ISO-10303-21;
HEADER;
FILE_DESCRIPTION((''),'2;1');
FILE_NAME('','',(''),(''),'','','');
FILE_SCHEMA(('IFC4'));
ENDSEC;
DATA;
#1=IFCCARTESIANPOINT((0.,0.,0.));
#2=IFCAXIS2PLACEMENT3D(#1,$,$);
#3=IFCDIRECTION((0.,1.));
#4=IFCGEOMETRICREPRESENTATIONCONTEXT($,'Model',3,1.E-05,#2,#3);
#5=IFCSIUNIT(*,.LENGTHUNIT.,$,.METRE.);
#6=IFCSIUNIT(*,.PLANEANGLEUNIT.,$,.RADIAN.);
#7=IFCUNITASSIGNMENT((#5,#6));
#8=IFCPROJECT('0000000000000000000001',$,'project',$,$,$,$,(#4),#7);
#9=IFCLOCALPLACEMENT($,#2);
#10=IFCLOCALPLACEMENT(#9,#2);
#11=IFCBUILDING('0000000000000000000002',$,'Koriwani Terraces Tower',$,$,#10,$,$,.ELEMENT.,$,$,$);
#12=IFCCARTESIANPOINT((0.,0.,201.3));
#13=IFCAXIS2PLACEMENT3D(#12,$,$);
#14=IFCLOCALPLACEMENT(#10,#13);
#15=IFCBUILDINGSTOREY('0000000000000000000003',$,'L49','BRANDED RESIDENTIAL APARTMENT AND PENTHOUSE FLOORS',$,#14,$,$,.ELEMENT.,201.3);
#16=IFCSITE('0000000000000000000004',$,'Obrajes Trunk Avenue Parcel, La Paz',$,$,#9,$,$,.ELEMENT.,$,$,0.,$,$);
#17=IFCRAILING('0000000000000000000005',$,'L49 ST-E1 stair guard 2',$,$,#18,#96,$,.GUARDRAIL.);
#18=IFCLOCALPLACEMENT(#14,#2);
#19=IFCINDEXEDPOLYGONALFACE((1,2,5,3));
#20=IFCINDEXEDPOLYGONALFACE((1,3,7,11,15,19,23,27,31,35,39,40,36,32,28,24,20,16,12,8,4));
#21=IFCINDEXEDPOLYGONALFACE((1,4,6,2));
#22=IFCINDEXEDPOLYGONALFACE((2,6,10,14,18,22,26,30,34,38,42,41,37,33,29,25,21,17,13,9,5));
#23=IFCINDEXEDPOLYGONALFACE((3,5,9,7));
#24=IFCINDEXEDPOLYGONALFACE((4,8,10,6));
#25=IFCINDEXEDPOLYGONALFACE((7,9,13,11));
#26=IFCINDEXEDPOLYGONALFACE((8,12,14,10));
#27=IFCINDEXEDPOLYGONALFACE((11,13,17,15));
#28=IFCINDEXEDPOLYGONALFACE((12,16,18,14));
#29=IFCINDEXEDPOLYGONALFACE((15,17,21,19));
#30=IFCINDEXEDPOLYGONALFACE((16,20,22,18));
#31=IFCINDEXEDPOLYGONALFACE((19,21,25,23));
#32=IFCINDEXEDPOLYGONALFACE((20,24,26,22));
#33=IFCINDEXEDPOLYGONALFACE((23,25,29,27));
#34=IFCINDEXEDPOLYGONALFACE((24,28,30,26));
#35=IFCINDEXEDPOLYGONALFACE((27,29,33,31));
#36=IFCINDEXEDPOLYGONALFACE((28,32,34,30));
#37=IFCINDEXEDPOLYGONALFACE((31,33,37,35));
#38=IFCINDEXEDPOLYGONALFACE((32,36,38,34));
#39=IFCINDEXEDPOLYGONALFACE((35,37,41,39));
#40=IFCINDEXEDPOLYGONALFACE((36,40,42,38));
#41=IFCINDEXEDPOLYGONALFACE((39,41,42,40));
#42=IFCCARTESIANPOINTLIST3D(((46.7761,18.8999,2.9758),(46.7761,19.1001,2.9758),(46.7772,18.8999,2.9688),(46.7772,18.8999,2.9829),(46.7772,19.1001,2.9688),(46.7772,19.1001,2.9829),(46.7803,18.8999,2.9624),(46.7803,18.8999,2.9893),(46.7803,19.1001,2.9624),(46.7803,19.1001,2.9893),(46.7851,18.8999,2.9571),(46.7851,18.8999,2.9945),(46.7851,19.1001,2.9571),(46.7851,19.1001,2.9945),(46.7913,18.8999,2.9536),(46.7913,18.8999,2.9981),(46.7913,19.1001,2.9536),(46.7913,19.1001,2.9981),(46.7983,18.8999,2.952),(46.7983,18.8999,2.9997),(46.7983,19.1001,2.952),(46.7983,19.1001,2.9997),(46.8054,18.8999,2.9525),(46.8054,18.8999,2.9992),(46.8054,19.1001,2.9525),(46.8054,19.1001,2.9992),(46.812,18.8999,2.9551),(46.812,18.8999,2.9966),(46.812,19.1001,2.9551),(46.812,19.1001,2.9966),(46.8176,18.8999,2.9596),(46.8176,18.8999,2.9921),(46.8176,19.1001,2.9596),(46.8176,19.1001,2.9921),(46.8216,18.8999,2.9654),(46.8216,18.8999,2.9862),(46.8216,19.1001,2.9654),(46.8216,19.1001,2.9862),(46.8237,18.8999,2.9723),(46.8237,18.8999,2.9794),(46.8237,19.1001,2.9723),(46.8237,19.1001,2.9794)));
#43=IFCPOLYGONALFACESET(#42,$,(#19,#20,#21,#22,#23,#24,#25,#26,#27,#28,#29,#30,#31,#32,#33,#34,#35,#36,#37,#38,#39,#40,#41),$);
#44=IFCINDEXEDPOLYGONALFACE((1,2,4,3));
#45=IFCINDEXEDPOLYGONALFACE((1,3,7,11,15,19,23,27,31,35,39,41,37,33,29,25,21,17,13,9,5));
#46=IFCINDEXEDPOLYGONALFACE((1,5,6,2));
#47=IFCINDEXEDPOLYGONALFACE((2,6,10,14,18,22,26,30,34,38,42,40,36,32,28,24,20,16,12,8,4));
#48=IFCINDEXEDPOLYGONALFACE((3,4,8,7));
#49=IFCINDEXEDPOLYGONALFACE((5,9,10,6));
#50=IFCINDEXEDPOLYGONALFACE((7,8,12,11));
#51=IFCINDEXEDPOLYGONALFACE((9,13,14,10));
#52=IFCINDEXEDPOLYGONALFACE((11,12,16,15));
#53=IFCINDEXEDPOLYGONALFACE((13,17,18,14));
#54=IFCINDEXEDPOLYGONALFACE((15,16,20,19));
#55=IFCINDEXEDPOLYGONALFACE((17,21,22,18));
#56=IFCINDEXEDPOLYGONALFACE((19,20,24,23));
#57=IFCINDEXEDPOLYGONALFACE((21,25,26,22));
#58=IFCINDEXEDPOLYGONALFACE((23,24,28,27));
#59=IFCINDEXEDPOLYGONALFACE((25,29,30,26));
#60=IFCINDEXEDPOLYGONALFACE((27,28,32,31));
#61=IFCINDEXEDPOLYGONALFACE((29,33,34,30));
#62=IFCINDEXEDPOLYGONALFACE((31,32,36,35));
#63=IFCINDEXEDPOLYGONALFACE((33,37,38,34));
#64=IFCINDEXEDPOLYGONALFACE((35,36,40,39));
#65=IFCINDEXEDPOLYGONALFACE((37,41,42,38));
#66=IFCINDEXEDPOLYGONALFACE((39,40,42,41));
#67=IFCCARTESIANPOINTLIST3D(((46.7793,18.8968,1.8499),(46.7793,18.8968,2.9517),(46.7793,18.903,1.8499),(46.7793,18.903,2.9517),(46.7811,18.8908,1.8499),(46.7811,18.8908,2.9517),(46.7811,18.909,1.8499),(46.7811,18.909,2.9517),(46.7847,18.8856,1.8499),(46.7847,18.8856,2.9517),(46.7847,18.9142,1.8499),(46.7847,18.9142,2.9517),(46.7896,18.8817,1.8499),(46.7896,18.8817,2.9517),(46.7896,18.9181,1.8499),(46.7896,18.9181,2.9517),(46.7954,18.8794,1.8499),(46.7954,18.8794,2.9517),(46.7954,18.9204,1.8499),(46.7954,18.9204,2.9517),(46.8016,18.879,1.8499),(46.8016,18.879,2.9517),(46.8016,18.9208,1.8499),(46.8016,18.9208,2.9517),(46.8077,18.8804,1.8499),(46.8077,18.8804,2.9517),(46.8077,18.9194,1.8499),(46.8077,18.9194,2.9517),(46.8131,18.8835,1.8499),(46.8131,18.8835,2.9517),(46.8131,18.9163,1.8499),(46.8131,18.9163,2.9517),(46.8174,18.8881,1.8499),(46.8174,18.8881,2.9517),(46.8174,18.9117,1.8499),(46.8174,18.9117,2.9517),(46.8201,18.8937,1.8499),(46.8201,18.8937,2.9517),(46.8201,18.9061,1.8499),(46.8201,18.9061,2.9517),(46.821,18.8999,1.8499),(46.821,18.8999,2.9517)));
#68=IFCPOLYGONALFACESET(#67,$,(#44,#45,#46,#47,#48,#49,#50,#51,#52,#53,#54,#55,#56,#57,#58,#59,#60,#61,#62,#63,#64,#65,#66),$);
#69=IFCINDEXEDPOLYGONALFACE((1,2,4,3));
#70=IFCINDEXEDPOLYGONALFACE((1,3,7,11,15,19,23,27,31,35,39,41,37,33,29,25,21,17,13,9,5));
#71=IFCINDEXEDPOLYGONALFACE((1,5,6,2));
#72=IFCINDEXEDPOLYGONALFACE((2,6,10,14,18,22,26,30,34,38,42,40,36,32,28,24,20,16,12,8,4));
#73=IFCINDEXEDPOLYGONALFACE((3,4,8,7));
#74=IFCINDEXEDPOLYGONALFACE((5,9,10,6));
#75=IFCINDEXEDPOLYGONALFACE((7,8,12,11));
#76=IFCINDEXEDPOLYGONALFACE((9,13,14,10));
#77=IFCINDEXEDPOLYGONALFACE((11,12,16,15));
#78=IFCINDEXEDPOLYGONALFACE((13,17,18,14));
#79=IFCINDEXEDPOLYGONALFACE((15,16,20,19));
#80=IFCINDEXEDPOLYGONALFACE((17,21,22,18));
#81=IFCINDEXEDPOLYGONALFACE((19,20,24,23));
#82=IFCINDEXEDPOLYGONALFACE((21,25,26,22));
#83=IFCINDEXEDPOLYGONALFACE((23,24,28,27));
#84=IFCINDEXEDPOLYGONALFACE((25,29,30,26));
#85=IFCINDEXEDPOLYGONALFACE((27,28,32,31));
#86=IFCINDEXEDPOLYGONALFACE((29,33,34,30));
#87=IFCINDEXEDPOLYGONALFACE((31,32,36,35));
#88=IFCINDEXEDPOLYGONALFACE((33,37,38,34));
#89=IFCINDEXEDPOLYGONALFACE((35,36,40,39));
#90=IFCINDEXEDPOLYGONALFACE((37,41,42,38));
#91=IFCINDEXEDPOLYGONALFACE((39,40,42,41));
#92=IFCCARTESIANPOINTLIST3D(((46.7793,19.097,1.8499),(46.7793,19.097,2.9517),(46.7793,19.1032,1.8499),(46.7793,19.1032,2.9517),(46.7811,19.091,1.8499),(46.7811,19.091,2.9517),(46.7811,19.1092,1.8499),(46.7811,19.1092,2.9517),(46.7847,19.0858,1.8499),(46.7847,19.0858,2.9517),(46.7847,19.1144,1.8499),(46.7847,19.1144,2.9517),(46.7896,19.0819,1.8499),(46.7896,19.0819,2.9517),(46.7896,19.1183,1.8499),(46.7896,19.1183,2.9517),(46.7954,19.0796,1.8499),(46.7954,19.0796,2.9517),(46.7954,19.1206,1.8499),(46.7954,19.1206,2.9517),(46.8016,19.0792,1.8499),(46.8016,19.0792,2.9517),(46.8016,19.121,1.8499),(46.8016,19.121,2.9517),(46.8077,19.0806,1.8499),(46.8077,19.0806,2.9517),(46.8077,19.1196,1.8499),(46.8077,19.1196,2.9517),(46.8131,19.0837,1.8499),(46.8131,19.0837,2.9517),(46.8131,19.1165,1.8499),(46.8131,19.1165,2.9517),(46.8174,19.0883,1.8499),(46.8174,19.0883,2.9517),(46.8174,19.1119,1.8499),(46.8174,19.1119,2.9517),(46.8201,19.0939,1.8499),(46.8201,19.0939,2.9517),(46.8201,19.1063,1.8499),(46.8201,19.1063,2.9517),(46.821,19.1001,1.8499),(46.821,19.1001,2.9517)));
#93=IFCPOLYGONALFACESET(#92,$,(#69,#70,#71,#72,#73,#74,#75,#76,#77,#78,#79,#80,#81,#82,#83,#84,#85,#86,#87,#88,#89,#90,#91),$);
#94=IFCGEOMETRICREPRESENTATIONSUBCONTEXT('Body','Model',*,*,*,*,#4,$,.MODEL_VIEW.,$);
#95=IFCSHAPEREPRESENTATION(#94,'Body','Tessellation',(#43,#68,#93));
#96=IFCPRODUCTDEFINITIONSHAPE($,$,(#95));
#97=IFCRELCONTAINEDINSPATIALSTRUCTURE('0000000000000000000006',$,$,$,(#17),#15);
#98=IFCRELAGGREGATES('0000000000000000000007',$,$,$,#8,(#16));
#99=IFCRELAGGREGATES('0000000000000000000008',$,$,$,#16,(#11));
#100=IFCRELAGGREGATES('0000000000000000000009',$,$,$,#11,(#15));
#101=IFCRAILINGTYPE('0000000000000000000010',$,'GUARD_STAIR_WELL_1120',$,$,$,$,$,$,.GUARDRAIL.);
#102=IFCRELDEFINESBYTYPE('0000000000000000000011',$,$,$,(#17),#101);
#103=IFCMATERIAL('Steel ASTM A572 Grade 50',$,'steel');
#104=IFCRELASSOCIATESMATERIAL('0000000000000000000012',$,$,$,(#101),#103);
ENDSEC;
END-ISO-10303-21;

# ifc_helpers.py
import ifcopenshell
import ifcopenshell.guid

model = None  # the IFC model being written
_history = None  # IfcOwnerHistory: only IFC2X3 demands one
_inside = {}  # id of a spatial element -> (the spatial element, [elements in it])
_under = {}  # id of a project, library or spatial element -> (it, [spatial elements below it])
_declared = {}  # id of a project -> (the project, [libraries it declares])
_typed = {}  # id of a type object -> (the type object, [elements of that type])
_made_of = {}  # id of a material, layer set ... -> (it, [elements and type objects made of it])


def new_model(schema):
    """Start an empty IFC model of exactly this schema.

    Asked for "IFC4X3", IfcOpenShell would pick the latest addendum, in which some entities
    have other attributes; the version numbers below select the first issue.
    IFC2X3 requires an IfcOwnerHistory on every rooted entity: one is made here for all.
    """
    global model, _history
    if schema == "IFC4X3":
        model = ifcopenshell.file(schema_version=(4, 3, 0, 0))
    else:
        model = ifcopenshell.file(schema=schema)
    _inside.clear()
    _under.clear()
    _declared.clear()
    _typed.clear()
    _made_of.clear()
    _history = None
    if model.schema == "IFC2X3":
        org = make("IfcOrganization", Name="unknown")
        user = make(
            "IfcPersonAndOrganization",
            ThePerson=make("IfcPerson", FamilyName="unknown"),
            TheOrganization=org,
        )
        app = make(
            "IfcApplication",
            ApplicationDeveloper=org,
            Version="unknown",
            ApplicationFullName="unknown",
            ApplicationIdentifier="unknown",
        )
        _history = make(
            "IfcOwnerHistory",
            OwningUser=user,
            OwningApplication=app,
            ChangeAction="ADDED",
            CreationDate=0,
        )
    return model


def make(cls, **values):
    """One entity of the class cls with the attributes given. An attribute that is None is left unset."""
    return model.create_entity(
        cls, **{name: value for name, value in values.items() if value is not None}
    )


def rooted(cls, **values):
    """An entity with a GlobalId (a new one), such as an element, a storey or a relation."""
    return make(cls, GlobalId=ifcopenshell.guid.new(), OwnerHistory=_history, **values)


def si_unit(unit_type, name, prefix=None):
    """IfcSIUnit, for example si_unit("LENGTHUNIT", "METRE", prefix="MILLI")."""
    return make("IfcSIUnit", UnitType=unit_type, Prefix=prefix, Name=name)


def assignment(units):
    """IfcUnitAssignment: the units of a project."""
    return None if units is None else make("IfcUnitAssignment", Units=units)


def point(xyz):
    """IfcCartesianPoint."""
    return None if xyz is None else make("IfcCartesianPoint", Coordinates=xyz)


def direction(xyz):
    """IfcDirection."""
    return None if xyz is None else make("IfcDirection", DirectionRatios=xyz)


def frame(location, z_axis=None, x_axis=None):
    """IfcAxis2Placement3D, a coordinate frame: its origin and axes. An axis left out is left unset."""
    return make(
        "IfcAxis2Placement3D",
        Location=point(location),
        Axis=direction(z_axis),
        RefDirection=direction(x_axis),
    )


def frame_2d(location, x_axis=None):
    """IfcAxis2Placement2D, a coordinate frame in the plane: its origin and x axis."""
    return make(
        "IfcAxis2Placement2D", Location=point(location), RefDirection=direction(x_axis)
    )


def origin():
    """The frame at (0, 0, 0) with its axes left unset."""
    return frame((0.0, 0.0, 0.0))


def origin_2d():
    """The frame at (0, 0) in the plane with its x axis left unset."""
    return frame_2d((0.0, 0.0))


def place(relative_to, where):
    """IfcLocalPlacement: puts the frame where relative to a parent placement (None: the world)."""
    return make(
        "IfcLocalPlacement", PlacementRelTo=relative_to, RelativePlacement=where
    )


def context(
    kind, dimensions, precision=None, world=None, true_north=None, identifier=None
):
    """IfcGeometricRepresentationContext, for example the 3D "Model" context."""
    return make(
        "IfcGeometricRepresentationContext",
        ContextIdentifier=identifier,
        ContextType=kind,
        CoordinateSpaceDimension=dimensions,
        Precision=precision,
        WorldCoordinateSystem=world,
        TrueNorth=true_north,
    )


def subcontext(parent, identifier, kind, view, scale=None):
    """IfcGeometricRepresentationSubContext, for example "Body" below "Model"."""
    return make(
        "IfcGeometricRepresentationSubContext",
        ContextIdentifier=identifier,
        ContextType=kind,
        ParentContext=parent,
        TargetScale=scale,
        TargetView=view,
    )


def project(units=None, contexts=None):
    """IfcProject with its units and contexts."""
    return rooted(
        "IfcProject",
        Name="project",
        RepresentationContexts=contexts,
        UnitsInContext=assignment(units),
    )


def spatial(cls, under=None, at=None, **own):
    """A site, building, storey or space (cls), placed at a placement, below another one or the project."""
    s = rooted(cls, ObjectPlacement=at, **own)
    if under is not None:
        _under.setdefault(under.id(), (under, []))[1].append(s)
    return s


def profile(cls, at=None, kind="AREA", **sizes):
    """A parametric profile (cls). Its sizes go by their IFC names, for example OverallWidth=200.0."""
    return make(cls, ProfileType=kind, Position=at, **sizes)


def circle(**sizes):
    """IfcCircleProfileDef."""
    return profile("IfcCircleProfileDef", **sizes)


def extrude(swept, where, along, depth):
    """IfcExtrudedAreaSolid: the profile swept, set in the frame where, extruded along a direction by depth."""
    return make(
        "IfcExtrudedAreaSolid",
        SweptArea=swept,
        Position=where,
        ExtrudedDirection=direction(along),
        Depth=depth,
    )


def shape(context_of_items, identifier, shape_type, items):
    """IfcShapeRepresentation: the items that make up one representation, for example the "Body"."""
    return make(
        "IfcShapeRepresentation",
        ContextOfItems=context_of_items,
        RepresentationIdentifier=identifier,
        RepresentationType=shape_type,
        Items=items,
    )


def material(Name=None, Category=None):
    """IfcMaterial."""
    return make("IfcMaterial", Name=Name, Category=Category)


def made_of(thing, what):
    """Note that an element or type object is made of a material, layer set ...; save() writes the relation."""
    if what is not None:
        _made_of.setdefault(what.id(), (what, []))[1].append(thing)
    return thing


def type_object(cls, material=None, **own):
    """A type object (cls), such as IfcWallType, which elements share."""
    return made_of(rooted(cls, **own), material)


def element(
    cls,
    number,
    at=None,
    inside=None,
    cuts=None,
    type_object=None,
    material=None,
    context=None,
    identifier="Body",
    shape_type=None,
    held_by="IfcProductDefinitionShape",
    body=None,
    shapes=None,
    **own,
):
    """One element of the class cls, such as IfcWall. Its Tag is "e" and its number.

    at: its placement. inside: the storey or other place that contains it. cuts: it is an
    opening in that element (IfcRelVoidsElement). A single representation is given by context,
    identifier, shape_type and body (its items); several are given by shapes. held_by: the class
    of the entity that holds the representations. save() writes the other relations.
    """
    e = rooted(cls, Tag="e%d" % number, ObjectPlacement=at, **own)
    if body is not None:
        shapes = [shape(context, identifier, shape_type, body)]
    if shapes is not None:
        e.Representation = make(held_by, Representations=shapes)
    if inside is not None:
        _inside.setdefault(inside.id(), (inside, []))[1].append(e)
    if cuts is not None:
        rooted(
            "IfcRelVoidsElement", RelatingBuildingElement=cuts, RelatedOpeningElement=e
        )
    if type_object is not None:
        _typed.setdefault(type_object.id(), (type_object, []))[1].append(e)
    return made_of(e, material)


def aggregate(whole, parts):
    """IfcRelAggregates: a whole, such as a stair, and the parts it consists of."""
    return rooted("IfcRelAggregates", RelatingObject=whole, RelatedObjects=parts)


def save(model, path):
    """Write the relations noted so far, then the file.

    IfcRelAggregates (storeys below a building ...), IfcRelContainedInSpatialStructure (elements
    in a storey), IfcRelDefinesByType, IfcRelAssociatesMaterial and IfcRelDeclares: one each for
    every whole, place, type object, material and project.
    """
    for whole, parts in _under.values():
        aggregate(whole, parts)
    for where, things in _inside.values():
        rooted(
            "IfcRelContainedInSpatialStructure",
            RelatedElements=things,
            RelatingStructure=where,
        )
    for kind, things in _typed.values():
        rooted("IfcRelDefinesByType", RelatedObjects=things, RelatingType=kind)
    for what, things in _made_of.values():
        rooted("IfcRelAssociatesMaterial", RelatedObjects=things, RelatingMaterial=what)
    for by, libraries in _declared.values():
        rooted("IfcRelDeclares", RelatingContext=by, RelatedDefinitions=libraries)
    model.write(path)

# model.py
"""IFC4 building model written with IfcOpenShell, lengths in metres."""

from ifc_helpers import new_model, si_unit, direction, frame, origin, origin_2d, place, context, subcontext, project, spatial, circle, extrude, material, type_object, element, save


model = new_model("IFC4")

# Units and contexts
model_context = context("Model", 3, precision=1e-05, world=origin(), true_north=direction((0.0, 1.0)))
body_context = subcontext(model_context, "Body", "Model", "MODEL_VIEW")
ifc_project = project(units=[si_unit("LENGTHUNIT", "METRE"), si_unit("PLANEANGLEUNIT", "RADIAN")], contexts=[model_context])

# Site, building, storey
site_placement = place(None, origin())
site = spatial("IfcSite", under=ifc_project, at=site_placement, Name="Obrajes Trunk Avenue Parcel, La Paz", CompositionType="ELEMENT", RefElevation=0.0)
building_placement = place(site_placement, origin())
building = spatial("IfcBuilding", under=site, at=building_placement, Name="Koriwani Terraces Tower", CompositionType="ELEMENT")
storey_placement = place(building_placement, frame((0.0, 0.0, 201.3)))
storey = spatial("IfcBuildingStorey", under=building, at=storey_placement, Name="L49", Description="BRANDED RESIDENTIAL APARTMENT AND PENTHOUSE FLOORS", CompositionType="ELEMENT", Elevation=201.3)

# Shared definitions
ifc_material_1 = material(Name="Steel ASTM A572 Grade 50", Category="steel")

# Railing
railing_type_1 = type_object("IfcRailingType", Name="GUARD_STAIR_WELL_1120", PredefinedType="GUARDRAIL", material=ifc_material_1)
railing_1_placement = place(storey_placement, frame((46.8, 18.8999, 1.8499)))
element("IfcRailing", 1, at=railing_1_placement, inside=storey, type_object=railing_type_1, Name="L49 ST-E1 stair guard 2", PredefinedType="GUARDRAIL", context=body_context, shape_type="SweptSolid", body=[
    extrude(circle(Radius=0.0239, at=origin_2d()), frame((0.0, 0.0, 1.126), z_axis=(0.0, 1.0, 0.0), x_axis=(-1.0, 0.0, 0.0)), (0.0, 0.0, 1.0), 0.2002),
    extrude(circle(Radius=0.021, at=origin_2d()), origin(), (0.0, 0.0, 1.0), 1.1018),
    extrude(circle(Radius=0.021, at=origin_2d()), frame((0.0, 0.2002, 0.0)), (0.0, 0.0, 1.0), 1.1018),
])

save(model, "model.ifc")
